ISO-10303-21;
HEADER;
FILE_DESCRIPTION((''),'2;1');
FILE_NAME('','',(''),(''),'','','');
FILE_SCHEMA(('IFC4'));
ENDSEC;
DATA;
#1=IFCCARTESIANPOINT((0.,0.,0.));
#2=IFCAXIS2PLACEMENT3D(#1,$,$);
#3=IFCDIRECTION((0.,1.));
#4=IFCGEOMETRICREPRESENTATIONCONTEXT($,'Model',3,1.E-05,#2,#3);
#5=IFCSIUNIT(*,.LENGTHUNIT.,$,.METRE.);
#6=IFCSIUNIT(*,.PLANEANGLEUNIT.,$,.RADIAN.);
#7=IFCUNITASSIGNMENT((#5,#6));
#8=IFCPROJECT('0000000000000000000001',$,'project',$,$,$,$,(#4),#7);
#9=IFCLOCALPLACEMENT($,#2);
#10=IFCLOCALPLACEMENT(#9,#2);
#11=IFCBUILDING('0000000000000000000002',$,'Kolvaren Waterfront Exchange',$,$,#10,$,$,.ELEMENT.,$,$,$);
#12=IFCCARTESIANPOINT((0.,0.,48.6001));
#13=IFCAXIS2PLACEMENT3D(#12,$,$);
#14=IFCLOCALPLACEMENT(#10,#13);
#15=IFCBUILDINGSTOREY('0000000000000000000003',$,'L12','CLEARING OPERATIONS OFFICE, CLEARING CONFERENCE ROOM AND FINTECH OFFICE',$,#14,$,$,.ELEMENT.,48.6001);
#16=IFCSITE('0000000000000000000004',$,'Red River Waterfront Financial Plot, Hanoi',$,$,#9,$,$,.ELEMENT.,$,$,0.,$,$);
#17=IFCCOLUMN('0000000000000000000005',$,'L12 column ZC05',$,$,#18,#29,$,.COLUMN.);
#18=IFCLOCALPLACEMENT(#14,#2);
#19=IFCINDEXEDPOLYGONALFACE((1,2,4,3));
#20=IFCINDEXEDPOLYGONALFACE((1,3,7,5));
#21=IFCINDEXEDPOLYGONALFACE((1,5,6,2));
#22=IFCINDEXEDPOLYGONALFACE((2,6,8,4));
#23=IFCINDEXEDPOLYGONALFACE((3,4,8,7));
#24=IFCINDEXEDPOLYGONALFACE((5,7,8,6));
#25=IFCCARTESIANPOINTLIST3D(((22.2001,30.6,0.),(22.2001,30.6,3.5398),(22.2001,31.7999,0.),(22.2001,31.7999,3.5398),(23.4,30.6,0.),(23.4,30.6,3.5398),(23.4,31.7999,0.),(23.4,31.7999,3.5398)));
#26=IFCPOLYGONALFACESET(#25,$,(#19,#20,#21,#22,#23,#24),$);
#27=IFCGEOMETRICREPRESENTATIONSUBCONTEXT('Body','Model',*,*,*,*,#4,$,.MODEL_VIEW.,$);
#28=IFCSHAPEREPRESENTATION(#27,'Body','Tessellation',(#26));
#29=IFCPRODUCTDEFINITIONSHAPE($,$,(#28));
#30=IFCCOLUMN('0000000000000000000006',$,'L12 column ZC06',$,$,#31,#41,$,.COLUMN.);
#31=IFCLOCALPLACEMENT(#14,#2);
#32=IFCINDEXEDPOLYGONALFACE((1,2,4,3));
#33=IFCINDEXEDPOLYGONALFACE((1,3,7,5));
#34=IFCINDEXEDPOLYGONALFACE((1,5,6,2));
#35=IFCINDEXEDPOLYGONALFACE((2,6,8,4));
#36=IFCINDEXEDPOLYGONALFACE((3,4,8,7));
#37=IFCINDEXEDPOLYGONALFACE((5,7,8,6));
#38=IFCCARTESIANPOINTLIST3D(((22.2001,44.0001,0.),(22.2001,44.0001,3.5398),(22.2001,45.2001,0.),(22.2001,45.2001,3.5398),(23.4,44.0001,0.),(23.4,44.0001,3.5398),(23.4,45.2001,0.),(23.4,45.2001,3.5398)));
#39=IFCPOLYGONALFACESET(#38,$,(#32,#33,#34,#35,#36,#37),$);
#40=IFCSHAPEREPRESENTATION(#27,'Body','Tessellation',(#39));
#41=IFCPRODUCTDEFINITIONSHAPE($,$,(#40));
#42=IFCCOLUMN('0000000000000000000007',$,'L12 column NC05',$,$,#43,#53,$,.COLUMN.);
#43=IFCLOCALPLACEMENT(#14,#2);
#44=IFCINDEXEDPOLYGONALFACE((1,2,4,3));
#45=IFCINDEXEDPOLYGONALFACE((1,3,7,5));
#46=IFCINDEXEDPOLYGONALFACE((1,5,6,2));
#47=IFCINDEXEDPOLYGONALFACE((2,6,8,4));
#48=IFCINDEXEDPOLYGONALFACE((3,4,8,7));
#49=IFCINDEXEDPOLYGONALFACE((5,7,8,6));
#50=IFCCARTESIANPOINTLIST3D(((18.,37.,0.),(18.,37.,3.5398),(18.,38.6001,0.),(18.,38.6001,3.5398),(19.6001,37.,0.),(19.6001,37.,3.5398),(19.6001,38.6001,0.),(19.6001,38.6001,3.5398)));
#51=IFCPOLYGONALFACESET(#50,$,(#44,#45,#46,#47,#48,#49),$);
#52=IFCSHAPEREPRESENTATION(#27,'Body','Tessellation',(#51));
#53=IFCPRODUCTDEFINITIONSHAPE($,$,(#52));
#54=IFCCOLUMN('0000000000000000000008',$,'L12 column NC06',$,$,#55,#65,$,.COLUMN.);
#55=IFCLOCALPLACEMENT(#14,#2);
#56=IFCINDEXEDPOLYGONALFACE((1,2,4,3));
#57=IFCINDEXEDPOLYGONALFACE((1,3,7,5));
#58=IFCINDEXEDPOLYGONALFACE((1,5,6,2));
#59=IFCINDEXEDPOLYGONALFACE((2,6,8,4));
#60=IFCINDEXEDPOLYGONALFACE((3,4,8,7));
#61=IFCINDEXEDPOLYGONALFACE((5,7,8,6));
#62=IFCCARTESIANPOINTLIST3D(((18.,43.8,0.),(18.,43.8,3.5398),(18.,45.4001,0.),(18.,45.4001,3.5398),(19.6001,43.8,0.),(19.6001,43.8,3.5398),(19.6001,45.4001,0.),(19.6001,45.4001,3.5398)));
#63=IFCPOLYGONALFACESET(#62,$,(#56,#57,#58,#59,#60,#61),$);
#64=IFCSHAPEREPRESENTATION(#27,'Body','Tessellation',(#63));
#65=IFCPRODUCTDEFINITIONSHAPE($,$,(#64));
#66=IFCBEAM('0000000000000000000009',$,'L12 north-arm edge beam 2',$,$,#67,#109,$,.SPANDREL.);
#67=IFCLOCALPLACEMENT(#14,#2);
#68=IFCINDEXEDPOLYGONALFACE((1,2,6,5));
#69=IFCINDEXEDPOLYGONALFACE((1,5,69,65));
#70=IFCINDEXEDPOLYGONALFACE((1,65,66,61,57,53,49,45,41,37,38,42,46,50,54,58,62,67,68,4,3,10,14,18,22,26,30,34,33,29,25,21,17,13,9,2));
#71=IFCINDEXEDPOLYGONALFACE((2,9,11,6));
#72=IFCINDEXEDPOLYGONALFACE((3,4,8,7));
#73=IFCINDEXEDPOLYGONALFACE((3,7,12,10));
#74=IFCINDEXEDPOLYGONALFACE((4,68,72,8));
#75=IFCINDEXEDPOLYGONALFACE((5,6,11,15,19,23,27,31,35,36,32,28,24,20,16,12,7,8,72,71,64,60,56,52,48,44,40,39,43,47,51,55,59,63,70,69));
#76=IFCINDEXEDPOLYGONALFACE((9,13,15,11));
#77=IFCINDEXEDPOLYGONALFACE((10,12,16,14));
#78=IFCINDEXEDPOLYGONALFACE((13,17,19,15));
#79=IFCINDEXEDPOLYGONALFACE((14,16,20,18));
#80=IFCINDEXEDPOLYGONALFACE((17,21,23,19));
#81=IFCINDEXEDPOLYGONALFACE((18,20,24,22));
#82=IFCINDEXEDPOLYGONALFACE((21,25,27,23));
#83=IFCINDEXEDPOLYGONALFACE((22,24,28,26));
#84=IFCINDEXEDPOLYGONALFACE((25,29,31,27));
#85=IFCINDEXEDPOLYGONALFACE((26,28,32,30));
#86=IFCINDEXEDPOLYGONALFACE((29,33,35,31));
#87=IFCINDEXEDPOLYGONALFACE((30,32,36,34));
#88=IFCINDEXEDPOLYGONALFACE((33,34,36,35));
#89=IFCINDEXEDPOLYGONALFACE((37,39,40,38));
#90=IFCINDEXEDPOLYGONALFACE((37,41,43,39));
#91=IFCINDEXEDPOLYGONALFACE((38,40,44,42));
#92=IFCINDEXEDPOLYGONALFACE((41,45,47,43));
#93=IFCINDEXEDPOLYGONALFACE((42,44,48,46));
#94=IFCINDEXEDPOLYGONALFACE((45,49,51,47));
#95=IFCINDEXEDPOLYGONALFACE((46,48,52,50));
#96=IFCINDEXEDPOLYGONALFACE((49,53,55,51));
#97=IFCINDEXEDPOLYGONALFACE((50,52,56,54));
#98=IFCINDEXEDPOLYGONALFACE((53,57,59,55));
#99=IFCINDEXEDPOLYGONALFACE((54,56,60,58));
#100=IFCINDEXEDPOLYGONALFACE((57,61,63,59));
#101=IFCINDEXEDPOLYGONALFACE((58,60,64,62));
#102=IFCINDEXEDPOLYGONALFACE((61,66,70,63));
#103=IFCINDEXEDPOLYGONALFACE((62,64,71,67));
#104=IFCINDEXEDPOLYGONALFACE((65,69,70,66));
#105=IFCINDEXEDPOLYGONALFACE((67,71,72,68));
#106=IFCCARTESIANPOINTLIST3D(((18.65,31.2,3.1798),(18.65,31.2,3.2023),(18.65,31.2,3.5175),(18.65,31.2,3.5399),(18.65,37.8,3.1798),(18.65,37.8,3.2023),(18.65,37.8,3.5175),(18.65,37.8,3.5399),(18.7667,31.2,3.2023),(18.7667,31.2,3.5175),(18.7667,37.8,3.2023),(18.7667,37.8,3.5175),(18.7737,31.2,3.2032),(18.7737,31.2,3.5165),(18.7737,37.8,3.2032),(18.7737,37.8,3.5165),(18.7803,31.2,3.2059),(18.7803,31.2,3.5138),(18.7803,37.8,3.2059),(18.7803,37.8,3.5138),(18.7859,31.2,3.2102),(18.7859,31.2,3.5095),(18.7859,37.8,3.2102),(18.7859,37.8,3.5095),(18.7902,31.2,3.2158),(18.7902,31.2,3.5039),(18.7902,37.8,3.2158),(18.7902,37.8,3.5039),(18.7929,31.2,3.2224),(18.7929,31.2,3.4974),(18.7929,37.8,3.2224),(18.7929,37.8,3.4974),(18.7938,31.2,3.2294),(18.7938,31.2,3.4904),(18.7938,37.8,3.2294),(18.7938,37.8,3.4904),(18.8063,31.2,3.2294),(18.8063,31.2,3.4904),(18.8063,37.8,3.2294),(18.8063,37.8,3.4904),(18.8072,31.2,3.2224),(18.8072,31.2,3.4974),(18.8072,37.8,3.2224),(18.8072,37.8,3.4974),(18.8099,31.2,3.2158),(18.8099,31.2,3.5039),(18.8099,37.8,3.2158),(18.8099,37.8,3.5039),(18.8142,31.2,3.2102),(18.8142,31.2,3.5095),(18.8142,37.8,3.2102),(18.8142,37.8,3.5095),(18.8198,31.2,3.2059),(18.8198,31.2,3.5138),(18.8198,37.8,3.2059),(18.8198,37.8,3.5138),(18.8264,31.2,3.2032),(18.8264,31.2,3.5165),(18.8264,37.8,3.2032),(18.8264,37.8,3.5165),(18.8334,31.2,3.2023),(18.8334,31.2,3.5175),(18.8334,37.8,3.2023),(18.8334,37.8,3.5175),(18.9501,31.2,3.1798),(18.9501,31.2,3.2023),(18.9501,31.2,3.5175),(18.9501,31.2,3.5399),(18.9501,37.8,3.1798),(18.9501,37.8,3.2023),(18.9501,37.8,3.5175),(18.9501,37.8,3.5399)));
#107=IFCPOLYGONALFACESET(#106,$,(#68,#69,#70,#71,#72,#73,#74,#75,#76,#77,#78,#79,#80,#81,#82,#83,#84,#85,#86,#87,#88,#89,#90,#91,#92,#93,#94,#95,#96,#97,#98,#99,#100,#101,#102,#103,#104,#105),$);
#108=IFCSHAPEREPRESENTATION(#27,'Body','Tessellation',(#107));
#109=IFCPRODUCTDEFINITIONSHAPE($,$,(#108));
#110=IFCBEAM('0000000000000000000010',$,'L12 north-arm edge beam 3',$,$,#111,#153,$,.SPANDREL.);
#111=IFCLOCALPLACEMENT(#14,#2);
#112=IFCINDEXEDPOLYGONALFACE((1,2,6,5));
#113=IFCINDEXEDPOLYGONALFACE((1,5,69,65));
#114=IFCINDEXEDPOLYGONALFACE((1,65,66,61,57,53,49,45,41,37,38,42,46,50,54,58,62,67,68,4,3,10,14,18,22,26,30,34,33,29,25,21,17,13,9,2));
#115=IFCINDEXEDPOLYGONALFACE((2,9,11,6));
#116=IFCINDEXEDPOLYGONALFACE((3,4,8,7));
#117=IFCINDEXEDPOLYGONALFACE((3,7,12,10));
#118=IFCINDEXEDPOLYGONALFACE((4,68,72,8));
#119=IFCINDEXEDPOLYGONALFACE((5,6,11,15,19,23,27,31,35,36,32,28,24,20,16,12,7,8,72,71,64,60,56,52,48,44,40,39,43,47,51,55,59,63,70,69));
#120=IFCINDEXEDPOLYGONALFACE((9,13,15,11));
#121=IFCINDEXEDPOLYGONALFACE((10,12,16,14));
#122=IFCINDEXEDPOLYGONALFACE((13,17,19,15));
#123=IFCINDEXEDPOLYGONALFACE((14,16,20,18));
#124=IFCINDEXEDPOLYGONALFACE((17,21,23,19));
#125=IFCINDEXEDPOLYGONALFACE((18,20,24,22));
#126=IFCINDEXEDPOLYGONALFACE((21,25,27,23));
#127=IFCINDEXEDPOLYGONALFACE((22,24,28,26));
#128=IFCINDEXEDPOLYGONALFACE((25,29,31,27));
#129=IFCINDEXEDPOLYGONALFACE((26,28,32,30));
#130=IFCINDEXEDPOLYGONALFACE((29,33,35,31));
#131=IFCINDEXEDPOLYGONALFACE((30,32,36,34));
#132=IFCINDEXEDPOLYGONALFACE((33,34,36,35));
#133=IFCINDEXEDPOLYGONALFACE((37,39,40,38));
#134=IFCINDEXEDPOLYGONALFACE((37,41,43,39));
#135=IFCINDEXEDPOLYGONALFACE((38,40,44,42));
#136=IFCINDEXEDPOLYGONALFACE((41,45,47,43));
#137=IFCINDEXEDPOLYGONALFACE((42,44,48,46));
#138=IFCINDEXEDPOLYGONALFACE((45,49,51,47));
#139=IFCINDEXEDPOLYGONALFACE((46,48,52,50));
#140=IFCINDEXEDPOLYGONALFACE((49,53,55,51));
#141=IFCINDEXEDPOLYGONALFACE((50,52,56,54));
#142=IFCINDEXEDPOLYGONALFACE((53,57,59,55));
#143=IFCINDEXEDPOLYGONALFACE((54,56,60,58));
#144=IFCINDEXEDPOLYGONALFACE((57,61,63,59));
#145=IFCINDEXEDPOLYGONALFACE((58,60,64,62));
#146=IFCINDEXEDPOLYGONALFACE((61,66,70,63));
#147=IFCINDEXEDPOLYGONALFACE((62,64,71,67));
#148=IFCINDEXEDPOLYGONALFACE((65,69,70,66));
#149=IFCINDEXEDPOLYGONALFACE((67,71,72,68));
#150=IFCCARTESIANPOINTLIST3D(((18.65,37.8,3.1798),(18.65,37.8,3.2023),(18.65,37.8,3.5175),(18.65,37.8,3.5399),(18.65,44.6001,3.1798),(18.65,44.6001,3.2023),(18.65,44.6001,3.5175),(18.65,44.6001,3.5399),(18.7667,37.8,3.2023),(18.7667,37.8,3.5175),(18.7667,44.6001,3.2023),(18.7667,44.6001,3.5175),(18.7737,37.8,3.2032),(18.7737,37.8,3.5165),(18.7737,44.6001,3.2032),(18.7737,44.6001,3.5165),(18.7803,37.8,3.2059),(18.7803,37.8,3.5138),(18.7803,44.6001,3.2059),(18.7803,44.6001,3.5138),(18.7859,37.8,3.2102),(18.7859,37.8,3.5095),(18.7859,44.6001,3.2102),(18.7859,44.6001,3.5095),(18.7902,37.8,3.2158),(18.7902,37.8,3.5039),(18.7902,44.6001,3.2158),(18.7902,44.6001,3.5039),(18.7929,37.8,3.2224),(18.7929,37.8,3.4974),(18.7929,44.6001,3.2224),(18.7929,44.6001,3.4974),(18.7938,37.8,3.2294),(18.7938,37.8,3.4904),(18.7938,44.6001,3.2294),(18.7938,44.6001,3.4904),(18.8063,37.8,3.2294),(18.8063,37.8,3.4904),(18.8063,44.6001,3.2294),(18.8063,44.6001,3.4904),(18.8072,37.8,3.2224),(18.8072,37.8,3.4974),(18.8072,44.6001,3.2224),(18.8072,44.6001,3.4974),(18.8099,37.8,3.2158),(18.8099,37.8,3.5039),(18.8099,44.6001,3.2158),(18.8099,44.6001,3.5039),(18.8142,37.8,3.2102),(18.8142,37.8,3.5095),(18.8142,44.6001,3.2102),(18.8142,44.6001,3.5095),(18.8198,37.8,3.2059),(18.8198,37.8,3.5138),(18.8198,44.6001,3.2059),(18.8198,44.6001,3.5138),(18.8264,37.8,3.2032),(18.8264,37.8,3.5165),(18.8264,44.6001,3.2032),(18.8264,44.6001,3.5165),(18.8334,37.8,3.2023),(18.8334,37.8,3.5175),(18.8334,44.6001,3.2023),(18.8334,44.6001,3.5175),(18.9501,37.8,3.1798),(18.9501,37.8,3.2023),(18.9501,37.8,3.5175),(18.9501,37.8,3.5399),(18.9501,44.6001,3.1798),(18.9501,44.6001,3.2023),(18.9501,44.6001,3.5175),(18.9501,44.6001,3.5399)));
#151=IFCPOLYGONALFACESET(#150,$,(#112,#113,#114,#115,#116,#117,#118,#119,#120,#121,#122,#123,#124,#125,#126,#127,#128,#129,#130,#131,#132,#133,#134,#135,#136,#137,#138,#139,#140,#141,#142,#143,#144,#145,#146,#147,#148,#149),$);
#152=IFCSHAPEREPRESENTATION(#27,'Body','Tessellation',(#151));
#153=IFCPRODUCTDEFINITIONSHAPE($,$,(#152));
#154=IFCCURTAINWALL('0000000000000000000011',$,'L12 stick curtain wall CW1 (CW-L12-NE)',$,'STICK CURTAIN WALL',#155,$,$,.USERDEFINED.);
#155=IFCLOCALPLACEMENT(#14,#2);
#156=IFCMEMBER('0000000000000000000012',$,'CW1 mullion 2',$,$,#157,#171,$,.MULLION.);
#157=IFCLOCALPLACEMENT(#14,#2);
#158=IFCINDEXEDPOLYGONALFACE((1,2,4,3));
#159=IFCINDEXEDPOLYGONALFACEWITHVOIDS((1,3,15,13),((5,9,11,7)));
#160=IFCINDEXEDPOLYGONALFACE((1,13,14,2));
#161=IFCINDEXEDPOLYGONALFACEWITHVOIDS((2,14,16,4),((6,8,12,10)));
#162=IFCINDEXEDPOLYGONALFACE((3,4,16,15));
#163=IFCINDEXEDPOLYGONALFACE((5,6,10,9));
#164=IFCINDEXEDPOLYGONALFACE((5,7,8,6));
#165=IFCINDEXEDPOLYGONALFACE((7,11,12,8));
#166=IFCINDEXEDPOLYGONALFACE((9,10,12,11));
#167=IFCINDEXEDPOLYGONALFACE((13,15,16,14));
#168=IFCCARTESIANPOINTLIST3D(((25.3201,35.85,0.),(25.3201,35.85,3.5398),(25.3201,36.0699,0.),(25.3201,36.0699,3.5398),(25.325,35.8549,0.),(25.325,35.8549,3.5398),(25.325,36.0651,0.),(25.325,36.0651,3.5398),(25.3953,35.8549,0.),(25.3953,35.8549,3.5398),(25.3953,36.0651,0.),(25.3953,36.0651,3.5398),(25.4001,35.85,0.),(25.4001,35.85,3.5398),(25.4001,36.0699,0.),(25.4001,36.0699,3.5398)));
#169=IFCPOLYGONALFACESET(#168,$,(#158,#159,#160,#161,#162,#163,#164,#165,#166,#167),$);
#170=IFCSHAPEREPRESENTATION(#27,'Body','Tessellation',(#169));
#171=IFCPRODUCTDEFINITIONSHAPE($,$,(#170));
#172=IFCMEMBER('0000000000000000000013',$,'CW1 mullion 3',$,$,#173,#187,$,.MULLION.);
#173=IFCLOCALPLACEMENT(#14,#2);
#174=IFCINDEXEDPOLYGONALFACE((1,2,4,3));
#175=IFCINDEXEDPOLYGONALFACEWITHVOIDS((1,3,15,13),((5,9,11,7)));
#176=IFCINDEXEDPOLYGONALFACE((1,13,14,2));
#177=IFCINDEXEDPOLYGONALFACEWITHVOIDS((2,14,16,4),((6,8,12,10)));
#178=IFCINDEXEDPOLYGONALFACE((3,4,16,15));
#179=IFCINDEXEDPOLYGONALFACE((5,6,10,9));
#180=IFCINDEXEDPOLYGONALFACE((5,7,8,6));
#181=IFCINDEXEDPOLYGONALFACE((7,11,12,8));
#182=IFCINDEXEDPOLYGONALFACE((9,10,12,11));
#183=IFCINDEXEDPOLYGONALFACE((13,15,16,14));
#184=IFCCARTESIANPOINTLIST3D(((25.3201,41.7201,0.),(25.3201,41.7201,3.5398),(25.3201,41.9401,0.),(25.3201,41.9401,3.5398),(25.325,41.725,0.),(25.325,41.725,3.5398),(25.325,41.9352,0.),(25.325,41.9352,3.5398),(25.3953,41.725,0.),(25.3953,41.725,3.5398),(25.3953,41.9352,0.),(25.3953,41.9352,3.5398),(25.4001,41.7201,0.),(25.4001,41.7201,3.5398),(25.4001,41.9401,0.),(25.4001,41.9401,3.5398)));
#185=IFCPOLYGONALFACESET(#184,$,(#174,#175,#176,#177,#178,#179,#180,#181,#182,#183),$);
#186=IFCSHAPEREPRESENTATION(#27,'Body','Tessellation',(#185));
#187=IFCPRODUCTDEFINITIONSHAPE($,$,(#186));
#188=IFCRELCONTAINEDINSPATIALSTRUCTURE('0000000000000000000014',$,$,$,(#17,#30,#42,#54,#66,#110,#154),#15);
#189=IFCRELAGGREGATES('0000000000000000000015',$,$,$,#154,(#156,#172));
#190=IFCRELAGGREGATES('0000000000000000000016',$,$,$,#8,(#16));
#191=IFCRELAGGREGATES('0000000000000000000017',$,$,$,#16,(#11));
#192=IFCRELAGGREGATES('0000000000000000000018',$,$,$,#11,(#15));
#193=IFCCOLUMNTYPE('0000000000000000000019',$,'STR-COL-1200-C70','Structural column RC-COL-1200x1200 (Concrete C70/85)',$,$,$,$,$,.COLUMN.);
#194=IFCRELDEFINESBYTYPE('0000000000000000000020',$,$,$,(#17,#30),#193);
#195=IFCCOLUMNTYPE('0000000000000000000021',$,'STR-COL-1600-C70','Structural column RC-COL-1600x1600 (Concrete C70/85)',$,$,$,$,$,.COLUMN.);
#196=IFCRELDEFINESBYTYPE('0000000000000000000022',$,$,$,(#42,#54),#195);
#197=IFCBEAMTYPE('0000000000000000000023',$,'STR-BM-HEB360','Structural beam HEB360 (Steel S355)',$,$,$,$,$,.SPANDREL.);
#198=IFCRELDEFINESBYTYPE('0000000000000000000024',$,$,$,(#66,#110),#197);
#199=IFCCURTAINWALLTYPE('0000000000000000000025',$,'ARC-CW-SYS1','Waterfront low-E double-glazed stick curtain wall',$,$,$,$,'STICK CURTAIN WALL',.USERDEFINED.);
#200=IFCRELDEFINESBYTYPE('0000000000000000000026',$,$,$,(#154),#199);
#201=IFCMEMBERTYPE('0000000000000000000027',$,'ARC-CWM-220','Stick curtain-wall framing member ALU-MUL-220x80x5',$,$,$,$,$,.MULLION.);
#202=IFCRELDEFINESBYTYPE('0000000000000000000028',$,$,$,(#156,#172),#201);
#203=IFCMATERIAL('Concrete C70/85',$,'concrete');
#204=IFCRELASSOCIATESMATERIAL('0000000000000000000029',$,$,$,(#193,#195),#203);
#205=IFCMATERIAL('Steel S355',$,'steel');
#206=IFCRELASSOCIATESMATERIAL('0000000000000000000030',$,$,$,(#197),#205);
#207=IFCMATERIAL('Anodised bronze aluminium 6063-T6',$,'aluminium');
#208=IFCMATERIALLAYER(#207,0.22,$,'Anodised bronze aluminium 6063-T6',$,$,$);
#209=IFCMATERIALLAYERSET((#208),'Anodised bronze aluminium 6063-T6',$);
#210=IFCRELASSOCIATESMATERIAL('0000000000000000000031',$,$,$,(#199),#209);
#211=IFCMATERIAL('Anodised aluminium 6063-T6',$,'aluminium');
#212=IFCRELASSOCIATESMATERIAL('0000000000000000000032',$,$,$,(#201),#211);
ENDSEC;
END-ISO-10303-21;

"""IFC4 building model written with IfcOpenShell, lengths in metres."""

from ifc_helpers import new_model, si_unit, direction, frame, origin, origin_with_axes, origin_2d, place, context, subcontext, project, spatial, rectangle, hollow_rectangle, i_section, extrude, source, transform, mapped, material, layer, layer_set, material_profile, profile_set, type_object, element, aggregate, save


model = new_model("IFC4")

# Units and contexts
model_context = context("Model", 3, precision=1e-05, world=origin(), true_north=direction((0.0, 1.0)))
body_context = subcontext(model_context, "Body", "Model", "MODEL_VIEW")
ifc_project = project(units=[si_unit("LENGTHUNIT", "METRE"), si_unit("PLANEANGLEUNIT", "RADIAN")], contexts=[model_context])

# Site, building, storey
site_placement = place(None, origin())
site = spatial("IfcSite", under=ifc_project, at=site_placement, Name="Red River Waterfront Financial Plot, Hanoi", CompositionType="ELEMENT", RefElevation=0.0)
building_placement = place(site_placement, origin())
building = spatial("IfcBuilding", under=site, at=building_placement, Name="Kolvaren Waterfront Exchange", CompositionType="ELEMENT")
storey_placement = place(building_placement, frame((0.0, 0.0, 48.6001)))
storey = spatial("IfcBuildingStorey", under=building, at=storey_placement, Name="L12", Description="CLEARING OPERATIONS OFFICE, CLEARING CONFERENCE ROOM AND FINTECH OFFICE", CompositionType="ELEMENT", Elevation=48.6001)

# Columns
ifc_material_1 = material(Name="Concrete C70/85", Category="concrete")
ifc_material_profile_1 = material_profile(ifc_material_1, rectangle(XDim=1.2, YDim=1.2, at=origin_2d()), Name="RC-COL-1200x1200")
ifc_profile_set_1 = profile_set([ifc_material_profile_1], Name="Concrete C70/85")
column_type_1 = type_object("IfcColumnType", Name="STR-COL-1200-C70", Description="Structural column RC-COL-1200x1200 (Concrete C70/85)", PredefinedType="COLUMN", material=ifc_profile_set_1)
for number, where, z_axis, x_axis, name in (
    (1, (22.8, 31.2, 0.0), (0.0, 0.0, 1.0), (1.0, 0.0, 0.0), "L12 column ZC05"),
    (2, (22.8, 44.6001, 0.0), (0.0, 0.0, 1.0), (1.0, 0.0, 0.0), "L12 column ZC06"),
):
    element("IfcColumn", number, at=place(storey_placement, frame(where, z_axis=z_axis, x_axis=x_axis)), inside=storey, type_object=column_type_1, Name=name, PredefinedType="COLUMN", context=body_context, shape_type="SweptSolid", body=[
        extrude(rectangle(XDim=1.2, YDim=1.2, at=origin_2d()), origin(), (0.0, 0.0, 1.0), 3.5398),
    ])
ifc_material_profile_2 = material_profile(ifc_material_1, rectangle(XDim=1.6001, YDim=1.6001, at=origin_2d()), Name="RC-COL-1600x1600")
ifc_profile_set_2 = profile_set([ifc_material_profile_2], Name="Concrete C70/85")
column_type_2 = type_object("IfcColumnType", Name="STR-COL-1600-C70", Description="Structural column RC-COL-1600x1600 (Concrete C70/85)", PredefinedType="COLUMN", material=ifc_profile_set_2)
for number, where, z_axis, x_axis, name in (
    (3, (18.8, 37.8, 0.0), (0.0, 0.0, 1.0), (1.0, 0.0, 0.0), "L12 column NC05"),
    (4, (18.8, 44.6001, 0.0), (0.0, 0.0, 1.0), (1.0, 0.0, 0.0), "L12 column NC06"),
):
    element("IfcColumn", number, at=place(storey_placement, frame(where, z_axis=z_axis, x_axis=x_axis)), inside=storey, type_object=column_type_2, Name=name, PredefinedType="COLUMN", context=body_context, shape_type="SweptSolid", body=[
        extrude(rectangle(XDim=1.6001, YDim=1.6001, at=origin_2d()), origin(), (0.0, 0.0, 1.0), 3.5398),
    ])

# Beams
ifc_material_2 = material(Name="Steel S355", Category="steel")
ifc_material_profile_3 = material_profile(ifc_material_2, i_section(OverallWidth=0.3, OverallDepth=0.3601, WebThickness=0.0125, FlangeThickness=0.0225, FilletRadius=0.0271, at=origin_2d()), Name="HEB360")
ifc_profile_set_3 = profile_set([ifc_material_profile_3], Name="Steel S355")
beam_type = type_object("IfcBeamType", Name="STR-BM-HEB360", Description="Structural beam HEB360 (Steel S355)", PredefinedType="SPANDREL", material=ifc_profile_set_3)
beam_1_placement = place(storey_placement, frame((18.8, 31.2, 3.3599), z_axis=(0.0, 1.0, 0.0), x_axis=(-1.0, 0.0, 0.0)))
element("IfcBeam", 5, at=beam_1_placement, inside=storey, type_object=beam_type, Name="L12 north-arm edge beam 2", PredefinedType="SPANDREL", context=body_context, shape_type="SweptSolid", body=[
    extrude(i_section(OverallWidth=0.3, OverallDepth=0.3601, WebThickness=0.0125, FlangeThickness=0.0225, FilletRadius=0.0271, at=origin_2d()), origin(), (0.0, 0.0, 1.0), 6.6001),
])
beam_2_placement = place(storey_placement, frame((18.8, 37.8, 3.3599), z_axis=(0.0, 1.0, 0.0), x_axis=(-1.0, 0.0, 0.0)))
element("IfcBeam", 6, at=beam_2_placement, inside=storey, type_object=beam_type, Name="L12 north-arm edge beam 3", PredefinedType="SPANDREL", context=body_context, shape_type="SweptSolid", body=[
    extrude(i_section(OverallWidth=0.3, OverallDepth=0.3601, WebThickness=0.0125, FlangeThickness=0.0225, FilletRadius=0.0271, at=origin_2d()), origin(), (0.0, 0.0, 1.0), 6.8),
])

# Curtain wall, members
ifc_material_3 = material(Name="Anodised bronze aluminium 6063-T6", Category="aluminium")
ifc_layer_1 = layer(ifc_material_3, 0.22, Name="Anodised bronze aluminium 6063-T6")
ifc_layer_set_1 = layer_set([ifc_layer_1], Name="Anodised bronze aluminium 6063-T6")
curtain_wall_type = type_object("IfcCurtainWallType", Name="ARC-CW-SYS1", Description="Waterfront low-E double-glazed stick curtain wall", ElementType="STICK CURTAIN WALL", PredefinedType="USERDEFINED", material=ifc_layer_set_1)
curtain_wall_placement = place(storey_placement, origin())
curtain_wall = element("IfcCurtainWall", 7, at=curtain_wall_placement, inside=storey, type_object=curtain_wall_type, Name="L12 stick curtain wall CW1 (CW-L12-NE)", ObjectType="STICK CURTAIN WALL", PredefinedType="USERDEFINED")
ifc_material_4 = material(Name="Anodised aluminium 6063-T6", Category="aluminium")
ifc_material_profile_4 = material_profile(ifc_material_4, hollow_rectangle(XDim=0.0801, YDim=0.22, WallThickness=0.0049, at=origin_2d()), Name="ALU-MUL-220x80x5")
ifc_profile_set_4 = profile_set([ifc_material_profile_4], Name="Anodised aluminium 6063-T6")
member_type_1 = type_object("IfcMemberType", Name="ARC-CWM-220", Description="Stick curtain-wall framing member ALU-MUL-220x80x5", PredefinedType="MULLION", material=ifc_profile_set_4)
shared_shape_1 = source(origin_with_axes(), body_context, "Body", "SweptSolid", [
    extrude(hollow_rectangle(XDim=0.0801, YDim=0.22, WallThickness=0.0049, at=origin_2d()), origin(), (0.0, 0.0, 1.0), 3.5398),
])
member_1_placement = place(storey_placement, frame((25.3601, 35.96, 0.0), z_axis=(0.0, 0.0, 1.0), x_axis=(-1.0, 0.0, 0.0)))
member_1 = element("IfcMember", 8, at=member_1_placement, type_object=member_type_1, Name="CW1 mullion 2", PredefinedType="MULLION", context=body_context, shape_type="MappedRepresentation", body=[
    mapped(shared_shape_1, transform((0.0, 0.0, 0.0), x_axis=(1.0, 0.0, 0.0), y_axis=(0.0, 1.0, 0.0), z_axis=(0.0, 0.0, 1.0), scale=1.0)),
])
member_2_placement = place(storey_placement, frame((25.3601, 41.8301, 0.0), z_axis=(0.0, 0.0, 1.0), x_axis=(-1.0, 0.0, 0.0)))
member_2 = element("IfcMember", 9, at=member_2_placement, type_object=member_type_1, Name="CW1 mullion 3", PredefinedType="MULLION", context=body_context, shape_type="MappedRepresentation", body=[
    mapped(shared_shape_1, transform((0.0, 0.0, 0.0), x_axis=(1.0, 0.0, 0.0), y_axis=(0.0, 1.0, 0.0), z_axis=(0.0, 0.0, 1.0), scale=1.0)),
])
aggregate(curtain_wall, [member_1, member_2])

save(model, "model.ifc")
